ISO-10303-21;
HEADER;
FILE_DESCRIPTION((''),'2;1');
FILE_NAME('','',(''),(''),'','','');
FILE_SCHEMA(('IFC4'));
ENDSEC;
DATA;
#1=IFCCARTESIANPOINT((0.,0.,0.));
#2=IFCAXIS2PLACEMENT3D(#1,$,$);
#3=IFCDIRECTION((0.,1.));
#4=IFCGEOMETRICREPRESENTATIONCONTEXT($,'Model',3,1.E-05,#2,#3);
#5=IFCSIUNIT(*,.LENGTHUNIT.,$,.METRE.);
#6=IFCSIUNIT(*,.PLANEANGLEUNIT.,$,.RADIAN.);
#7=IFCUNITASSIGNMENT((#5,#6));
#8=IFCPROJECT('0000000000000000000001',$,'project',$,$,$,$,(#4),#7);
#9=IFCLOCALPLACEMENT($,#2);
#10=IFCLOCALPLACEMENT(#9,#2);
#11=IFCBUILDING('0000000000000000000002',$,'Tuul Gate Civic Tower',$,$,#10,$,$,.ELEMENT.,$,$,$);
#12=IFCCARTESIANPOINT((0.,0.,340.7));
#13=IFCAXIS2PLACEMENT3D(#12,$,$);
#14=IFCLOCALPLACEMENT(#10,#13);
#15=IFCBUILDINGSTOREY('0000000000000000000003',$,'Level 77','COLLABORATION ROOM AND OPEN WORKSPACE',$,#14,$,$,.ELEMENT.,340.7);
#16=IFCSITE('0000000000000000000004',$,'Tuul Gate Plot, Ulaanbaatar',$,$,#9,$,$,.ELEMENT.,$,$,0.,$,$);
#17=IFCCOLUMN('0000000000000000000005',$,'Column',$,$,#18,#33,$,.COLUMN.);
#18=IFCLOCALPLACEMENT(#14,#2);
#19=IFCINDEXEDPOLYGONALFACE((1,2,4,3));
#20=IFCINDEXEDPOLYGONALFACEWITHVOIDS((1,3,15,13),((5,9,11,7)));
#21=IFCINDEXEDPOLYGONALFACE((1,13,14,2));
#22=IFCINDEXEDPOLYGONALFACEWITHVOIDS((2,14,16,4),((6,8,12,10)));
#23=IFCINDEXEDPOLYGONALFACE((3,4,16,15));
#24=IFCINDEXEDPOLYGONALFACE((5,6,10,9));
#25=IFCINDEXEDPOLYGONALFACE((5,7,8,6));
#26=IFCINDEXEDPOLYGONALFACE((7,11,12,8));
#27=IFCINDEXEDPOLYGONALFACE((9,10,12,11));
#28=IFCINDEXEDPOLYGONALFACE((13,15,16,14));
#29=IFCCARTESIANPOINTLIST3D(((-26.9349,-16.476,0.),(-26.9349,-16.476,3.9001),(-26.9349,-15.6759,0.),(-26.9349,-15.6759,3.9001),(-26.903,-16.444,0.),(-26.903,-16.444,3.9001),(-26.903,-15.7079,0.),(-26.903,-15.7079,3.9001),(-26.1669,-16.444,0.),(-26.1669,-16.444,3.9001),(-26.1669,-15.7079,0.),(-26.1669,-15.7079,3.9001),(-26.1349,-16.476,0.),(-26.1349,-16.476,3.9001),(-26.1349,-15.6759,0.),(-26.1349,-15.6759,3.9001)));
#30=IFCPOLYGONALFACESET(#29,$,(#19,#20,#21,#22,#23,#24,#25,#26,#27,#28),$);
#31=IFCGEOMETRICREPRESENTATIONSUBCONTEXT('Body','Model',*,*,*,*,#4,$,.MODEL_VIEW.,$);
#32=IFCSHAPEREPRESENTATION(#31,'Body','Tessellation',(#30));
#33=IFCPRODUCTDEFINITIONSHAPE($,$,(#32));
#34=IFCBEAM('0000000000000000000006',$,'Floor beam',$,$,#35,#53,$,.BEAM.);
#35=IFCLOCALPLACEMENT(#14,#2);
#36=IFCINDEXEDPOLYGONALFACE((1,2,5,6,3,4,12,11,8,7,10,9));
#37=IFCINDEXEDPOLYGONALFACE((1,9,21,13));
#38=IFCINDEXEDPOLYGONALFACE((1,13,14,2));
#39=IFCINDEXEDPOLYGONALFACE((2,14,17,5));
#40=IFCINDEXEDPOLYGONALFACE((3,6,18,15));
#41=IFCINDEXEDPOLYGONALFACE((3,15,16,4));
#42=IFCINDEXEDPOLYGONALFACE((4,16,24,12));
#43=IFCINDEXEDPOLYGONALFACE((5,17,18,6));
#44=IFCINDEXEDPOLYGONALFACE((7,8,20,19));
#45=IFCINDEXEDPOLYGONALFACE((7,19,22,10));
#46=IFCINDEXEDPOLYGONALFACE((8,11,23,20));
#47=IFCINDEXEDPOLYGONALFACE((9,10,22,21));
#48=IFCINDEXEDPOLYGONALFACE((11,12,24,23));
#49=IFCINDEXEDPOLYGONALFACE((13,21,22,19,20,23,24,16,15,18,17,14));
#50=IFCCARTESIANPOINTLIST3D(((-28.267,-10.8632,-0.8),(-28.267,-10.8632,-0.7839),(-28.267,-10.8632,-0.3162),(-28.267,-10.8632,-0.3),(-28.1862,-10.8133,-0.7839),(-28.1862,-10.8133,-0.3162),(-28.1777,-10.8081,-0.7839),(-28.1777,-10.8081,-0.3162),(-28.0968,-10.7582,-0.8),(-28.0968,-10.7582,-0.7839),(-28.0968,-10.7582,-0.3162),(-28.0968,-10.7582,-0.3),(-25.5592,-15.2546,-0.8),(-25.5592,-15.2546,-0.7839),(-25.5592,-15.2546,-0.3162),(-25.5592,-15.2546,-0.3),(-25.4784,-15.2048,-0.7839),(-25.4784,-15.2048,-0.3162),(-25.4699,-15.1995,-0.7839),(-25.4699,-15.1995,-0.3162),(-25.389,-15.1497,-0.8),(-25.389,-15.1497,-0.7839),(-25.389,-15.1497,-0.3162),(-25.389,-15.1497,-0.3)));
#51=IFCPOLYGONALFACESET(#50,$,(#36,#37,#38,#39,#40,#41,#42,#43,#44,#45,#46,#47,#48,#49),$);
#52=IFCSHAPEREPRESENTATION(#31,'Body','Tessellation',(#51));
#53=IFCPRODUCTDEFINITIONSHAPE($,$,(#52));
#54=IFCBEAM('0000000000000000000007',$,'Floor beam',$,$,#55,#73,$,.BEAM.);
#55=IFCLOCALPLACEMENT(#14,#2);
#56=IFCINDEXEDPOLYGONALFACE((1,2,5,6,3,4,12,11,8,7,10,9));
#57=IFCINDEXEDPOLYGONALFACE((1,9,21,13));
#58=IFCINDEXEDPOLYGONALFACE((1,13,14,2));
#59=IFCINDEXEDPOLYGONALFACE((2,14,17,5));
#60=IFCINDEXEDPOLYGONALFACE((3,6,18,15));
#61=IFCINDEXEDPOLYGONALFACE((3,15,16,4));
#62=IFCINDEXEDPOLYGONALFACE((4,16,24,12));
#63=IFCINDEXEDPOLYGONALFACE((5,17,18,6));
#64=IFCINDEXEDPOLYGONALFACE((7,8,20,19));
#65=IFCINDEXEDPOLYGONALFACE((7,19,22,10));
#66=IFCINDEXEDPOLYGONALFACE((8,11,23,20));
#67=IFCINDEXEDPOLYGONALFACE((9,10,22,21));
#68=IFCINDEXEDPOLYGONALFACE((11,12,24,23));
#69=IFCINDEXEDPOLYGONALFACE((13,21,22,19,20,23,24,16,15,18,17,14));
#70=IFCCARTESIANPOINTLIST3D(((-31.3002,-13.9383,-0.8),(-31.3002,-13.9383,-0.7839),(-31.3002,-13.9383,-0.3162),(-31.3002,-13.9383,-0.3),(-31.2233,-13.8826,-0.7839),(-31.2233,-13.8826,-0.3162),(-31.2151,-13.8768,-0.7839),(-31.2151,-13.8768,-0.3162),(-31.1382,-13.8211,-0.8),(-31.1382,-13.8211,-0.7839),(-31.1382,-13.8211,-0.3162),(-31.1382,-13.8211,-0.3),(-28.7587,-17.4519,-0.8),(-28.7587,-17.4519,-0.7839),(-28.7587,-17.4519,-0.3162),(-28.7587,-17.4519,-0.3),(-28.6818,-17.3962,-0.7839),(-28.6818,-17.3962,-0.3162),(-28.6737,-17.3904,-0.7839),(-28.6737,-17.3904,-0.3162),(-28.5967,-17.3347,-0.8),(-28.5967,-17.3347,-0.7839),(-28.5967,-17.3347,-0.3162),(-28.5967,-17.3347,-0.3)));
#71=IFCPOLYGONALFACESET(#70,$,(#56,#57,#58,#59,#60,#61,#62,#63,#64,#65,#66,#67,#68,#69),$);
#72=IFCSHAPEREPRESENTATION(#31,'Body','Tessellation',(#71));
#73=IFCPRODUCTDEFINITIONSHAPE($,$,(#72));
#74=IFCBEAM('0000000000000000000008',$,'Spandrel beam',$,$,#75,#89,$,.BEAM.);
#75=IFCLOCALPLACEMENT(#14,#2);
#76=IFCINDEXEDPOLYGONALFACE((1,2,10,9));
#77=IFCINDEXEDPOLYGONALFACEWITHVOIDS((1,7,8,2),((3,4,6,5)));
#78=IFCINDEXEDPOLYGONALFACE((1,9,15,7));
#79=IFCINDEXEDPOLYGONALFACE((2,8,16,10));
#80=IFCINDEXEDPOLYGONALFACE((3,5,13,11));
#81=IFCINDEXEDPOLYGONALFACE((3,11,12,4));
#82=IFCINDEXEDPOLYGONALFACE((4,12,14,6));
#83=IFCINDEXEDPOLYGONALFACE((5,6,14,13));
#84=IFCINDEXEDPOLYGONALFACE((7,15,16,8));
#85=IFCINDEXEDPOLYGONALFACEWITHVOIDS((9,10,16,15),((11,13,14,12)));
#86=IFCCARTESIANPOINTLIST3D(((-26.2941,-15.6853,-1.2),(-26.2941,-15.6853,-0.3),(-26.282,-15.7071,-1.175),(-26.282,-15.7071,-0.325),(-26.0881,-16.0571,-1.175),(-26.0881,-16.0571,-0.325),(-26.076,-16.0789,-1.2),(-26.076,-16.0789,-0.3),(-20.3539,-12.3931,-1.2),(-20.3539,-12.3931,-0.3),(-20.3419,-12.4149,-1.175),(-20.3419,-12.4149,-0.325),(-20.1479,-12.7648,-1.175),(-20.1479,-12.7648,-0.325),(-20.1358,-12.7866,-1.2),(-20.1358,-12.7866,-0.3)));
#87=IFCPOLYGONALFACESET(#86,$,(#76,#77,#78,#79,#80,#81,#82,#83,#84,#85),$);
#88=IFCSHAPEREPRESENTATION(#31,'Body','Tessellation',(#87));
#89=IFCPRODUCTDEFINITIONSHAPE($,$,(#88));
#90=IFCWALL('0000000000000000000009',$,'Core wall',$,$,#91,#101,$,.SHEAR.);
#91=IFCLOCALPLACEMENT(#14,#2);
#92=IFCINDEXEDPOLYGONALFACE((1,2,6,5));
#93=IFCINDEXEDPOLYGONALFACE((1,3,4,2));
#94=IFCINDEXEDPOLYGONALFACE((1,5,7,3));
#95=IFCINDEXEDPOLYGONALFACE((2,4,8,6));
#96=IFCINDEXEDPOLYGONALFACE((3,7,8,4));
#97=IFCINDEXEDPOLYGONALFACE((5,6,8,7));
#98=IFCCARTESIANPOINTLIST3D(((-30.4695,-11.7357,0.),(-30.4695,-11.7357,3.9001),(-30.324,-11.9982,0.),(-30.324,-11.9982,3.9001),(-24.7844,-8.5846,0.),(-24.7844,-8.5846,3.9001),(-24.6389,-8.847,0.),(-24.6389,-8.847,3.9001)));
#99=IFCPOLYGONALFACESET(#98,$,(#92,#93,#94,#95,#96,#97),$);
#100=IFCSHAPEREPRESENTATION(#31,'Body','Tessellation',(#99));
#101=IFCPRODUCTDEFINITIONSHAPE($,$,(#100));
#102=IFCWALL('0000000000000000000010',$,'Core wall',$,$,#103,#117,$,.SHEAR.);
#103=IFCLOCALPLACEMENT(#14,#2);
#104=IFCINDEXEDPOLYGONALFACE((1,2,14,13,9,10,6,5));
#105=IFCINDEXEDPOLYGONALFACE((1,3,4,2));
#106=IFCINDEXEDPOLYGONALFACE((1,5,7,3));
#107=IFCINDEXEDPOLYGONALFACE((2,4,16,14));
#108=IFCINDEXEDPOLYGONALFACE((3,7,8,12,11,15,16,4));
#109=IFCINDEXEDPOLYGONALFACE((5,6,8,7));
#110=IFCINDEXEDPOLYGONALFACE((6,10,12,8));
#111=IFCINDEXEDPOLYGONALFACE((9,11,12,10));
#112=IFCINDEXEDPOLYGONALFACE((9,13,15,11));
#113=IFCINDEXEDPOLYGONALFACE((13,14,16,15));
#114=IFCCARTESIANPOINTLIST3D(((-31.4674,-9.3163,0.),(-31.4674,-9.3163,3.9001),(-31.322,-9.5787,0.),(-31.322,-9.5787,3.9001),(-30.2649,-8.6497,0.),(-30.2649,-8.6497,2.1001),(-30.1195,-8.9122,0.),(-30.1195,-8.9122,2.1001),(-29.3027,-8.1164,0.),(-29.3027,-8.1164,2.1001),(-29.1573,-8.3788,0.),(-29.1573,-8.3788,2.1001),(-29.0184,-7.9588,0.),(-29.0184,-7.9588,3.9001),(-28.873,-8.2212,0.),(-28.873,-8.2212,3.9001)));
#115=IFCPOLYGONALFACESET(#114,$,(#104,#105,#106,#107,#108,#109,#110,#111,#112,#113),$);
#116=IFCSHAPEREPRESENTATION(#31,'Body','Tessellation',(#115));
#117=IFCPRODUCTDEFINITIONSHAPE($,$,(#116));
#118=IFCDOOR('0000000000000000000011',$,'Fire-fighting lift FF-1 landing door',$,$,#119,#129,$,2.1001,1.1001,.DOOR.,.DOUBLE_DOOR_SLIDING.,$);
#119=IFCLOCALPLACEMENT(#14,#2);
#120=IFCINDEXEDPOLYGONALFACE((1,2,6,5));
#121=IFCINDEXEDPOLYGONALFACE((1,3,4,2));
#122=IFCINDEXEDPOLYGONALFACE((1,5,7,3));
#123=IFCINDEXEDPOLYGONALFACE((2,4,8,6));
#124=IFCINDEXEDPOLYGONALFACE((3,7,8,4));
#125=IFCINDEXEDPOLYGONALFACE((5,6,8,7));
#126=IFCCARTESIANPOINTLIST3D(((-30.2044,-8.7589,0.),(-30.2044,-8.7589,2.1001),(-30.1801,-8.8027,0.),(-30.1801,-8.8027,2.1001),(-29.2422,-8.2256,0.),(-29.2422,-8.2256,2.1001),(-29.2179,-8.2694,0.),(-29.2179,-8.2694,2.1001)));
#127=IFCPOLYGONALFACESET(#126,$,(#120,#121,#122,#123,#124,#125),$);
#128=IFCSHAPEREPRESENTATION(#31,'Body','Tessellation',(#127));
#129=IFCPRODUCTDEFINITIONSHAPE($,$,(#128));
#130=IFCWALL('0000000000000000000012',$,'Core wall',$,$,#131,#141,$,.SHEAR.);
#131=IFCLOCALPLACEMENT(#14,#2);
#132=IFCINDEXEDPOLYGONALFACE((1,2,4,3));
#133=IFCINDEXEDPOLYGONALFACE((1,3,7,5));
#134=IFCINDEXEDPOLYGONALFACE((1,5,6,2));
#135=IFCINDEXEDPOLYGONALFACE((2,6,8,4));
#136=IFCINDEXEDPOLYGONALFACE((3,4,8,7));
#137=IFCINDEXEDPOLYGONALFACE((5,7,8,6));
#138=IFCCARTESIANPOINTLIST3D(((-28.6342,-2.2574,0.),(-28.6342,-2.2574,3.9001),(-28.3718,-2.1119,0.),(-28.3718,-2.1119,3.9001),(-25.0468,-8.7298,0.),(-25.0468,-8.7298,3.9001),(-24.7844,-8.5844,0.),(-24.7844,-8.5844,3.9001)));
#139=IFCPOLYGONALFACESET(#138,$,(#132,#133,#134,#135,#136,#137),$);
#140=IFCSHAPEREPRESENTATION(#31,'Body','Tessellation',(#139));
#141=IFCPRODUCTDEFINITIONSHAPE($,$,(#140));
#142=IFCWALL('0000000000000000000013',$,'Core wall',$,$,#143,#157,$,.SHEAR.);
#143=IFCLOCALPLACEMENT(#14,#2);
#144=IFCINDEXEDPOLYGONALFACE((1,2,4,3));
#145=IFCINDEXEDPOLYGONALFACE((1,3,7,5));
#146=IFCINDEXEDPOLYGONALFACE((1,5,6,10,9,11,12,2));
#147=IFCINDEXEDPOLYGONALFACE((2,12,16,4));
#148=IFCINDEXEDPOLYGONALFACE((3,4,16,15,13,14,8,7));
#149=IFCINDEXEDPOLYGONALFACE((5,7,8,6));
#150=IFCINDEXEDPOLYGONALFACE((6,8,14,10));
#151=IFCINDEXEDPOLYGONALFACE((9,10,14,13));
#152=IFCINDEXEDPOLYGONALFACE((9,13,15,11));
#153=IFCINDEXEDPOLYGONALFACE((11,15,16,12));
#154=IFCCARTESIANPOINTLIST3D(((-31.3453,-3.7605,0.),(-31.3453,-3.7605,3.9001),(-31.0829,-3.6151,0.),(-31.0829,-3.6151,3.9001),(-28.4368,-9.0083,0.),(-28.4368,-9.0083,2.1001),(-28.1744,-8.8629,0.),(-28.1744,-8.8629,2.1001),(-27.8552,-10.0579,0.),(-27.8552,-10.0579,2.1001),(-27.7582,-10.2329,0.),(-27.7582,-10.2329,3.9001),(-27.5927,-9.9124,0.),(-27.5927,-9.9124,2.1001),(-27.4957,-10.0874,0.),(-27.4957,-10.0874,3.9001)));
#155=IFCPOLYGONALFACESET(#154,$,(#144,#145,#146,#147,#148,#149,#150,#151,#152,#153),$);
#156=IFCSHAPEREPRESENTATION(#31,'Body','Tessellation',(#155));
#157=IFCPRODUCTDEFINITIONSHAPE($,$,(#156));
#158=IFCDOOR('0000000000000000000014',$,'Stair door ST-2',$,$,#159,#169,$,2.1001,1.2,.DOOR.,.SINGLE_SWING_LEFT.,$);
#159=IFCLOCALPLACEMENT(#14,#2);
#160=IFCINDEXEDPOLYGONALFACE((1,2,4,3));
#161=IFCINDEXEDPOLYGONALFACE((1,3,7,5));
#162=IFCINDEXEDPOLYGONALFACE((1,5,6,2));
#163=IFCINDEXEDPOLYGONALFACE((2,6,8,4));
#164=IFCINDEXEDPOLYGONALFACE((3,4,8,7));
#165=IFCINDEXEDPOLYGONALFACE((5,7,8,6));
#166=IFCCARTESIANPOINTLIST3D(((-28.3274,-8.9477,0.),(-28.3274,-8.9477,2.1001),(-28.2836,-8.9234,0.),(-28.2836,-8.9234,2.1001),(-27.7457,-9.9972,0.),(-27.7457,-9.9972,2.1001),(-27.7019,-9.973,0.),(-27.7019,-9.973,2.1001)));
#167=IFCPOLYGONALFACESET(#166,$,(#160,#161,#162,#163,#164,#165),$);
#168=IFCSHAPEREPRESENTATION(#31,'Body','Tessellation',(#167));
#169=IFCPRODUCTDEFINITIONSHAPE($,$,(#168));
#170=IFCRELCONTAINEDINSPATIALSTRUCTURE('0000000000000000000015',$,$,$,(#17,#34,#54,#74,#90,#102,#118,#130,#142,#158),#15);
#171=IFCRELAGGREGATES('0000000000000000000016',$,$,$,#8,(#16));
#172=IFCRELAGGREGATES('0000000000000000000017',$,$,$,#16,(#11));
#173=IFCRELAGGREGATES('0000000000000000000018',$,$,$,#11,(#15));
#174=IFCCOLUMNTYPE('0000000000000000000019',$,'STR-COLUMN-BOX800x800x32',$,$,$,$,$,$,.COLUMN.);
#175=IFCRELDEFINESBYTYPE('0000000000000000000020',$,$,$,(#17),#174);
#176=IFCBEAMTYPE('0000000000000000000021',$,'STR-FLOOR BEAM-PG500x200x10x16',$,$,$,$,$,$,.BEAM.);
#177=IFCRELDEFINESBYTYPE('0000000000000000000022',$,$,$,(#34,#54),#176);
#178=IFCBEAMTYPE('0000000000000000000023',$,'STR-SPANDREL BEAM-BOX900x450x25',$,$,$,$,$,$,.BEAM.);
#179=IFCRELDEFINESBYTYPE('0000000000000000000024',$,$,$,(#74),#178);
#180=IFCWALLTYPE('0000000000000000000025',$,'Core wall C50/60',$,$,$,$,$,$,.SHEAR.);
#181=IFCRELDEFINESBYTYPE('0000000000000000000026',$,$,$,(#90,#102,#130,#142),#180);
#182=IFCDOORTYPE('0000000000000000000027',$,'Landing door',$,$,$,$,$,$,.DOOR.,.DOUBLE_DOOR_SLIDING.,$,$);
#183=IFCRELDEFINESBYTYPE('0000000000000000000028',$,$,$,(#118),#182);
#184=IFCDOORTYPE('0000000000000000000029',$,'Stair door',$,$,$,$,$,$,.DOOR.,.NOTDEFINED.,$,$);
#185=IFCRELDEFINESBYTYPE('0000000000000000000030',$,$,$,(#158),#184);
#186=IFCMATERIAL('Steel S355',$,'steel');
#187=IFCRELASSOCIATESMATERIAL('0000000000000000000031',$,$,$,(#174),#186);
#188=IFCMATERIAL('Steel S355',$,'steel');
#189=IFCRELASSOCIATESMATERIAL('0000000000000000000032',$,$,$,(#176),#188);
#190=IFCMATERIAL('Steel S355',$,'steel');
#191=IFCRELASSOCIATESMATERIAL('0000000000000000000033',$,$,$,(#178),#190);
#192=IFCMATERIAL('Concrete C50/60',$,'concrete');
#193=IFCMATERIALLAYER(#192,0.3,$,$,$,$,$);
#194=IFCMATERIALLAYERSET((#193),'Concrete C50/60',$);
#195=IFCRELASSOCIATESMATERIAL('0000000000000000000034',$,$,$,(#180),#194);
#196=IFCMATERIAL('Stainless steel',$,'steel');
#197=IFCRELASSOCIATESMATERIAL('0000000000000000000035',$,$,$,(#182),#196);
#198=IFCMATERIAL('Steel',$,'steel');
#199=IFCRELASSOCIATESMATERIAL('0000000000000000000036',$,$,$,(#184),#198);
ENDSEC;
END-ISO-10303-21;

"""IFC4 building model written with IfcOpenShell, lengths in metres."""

from ifc_helpers import new_model, si_unit, direction, frame, frame_2d, origin, origin_2d, place, context, subcontext, project, spatial, rectangle, hollow_rectangle, i_section, extrude, material, layer, layer_set, material_profile, profile_set, type_object, element, fill, save


model = new_model("IFC4")

# Units and contexts
model_context = context("Model", 3, precision=1e-05, world=origin(), true_north=direction((0.0, 1.0)))
body_context = subcontext(model_context, "Body", "Model", "MODEL_VIEW")
ifc_project = project(units=[si_unit("LENGTHUNIT", "METRE"), si_unit("PLANEANGLEUNIT", "RADIAN")], contexts=[model_context])

# Site, building, storey
site_placement = place(None, origin())
site = spatial("IfcSite", under=ifc_project, at=site_placement, Name="Tuul Gate Plot, Ulaanbaatar", CompositionType="ELEMENT", RefElevation=0.0)
building_placement = place(site_placement, origin())
building = spatial("IfcBuilding", under=site, at=building_placement, Name="Tuul Gate Civic Tower", CompositionType="ELEMENT")
storey_placement = place(building_placement, frame((0.0, 0.0, 340.7)))
storey = spatial("IfcBuildingStorey", under=building, at=storey_placement, Name="Level 77", Description="COLLABORATION ROOM AND OPEN WORKSPACE", CompositionType="ELEMENT", Elevation=340.7)

# Column
ifc_material_1 = material(Name="Steel S355", Category="steel")
ifc_material_profile_1 = material_profile(ifc_material_1, hollow_rectangle(XDim=0.8, YDim=0.8, WallThickness=0.032, at=origin_2d()), Name="BOX800x800x32")
ifc_profile_set_1 = profile_set([ifc_material_profile_1], Name="Steel S355")
column_type = type_object("IfcColumnType", Name="STR-COLUMN-BOX800x800x32", PredefinedType="COLUMN", material=ifc_profile_set_1)
column_placement = place(storey_placement, frame((-26.5349, -16.0759, 0.0), z_axis=(0.0, 0.0, 1.0), x_axis=(1.0, 0.0, 0.0)))
element("IfcColumn", 1, at=column_placement, inside=storey, type_object=column_type, Name="Column", PredefinedType="COLUMN", context=body_context, shape_type="SweptSolid", body=[
    extrude(hollow_rectangle(XDim=0.8, YDim=0.8, WallThickness=0.032, at=origin_2d()), origin(), (0.0, 0.0, 1.0), 3.9001),
])

# Beams
ifc_material_2 = material(Name="Steel S355", Category="steel")
ifc_material_profile_2 = material_profile(ifc_material_2, i_section(OverallWidth=0.2, OverallDepth=0.5, WebThickness=0.01, FlangeThickness=0.0161, at=origin_2d()), Name="PG500x200x10x16")
ifc_profile_set_2 = profile_set([ifc_material_profile_2], Name="Steel S355")
beam_type_1 = type_object("IfcBeamType", Name="STR-FLOOR BEAM-PG500x200x10x16", PredefinedType="BEAM", material=ifc_profile_set_2)
beam_1_placement = place(storey_placement, frame((-25.4741, -15.2021, -0.55), z_axis=(-0.524855, 0.851192, 0.0), x_axis=(-0.851192, -0.524855, 0.0)))
element("IfcBeam", 2, at=beam_1_placement, inside=storey, type_object=beam_type_1, Name="Floor beam", PredefinedType="BEAM", context=body_context, shape_type="SweptSolid", body=[
    extrude(i_section(OverallWidth=0.2, OverallDepth=0.5, WebThickness=0.01, FlangeThickness=0.0161, at=origin_2d()), origin(), (0.0, 0.0, 1.0), 5.1592),
])
beam_2_placement = place(storey_placement, frame((-28.6777, -17.3933, -0.55), z_axis=(-0.586074, 0.810257, 0.0), x_axis=(-0.810257, -0.586074, 0.0)))
element("IfcBeam", 3, at=beam_2_placement, inside=storey, type_object=beam_type_1, Name="Floor beam", PredefinedType="BEAM", context=body_context, shape_type="SweptSolid", body=[
    extrude(i_section(OverallWidth=0.2, OverallDepth=0.5, WebThickness=0.01, FlangeThickness=0.0161, at=origin_2d()), origin(), (0.0, 0.0, 1.0), 4.3364),
])
ifc_material_3 = material(Name="Steel S355", Category="steel")
ifc_material_profile_3 = material_profile(ifc_material_3, hollow_rectangle(XDim=0.45, YDim=0.8999, WallThickness=0.0249, at=origin_2d()), Name="BOX900x450x25")
ifc_profile_set_3 = profile_set([ifc_material_profile_3], Name="Steel S355")
beam_type_2 = type_object("IfcBeamType", Name="STR-SPANDREL BEAM-BOX900x450x25", PredefinedType="BEAM", material=ifc_profile_set_3)
beam_3_placement = place(storey_placement, frame((-26.1851, -15.8821, -0.75), z_axis=(0.874649, 0.484758, 0.0), x_axis=(-0.484758, 0.874649, 0.0)))
element("IfcBeam", 4, at=beam_3_placement, inside=storey, type_object=beam_type_2, Name="Spandrel beam", PredefinedType="BEAM", context=body_context, shape_type="SweptSolid", body=[
    extrude(hollow_rectangle(XDim=0.45, YDim=0.8999, WallThickness=0.0249, at=origin_2d()), origin(), (0.0, 0.0, 1.0), 6.7915),
])

# Wall
ifc_material_4 = material(Name="Concrete C50/60", Category="concrete")
ifc_layer_1 = layer(ifc_material_4, 0.3)
ifc_layer_set_1 = layer_set([ifc_layer_1], Name="Concrete C50/60")
wall_type_1 = type_object("IfcWallType", Name="Core wall C50/60", PredefinedType="SHEAR", material=ifc_layer_set_1)
wall_1_placement = place(storey_placement, frame((-24.7117, -8.7158, 0.0), z_axis=(0.0, 0.0, 1.0), x_axis=(-0.87463, -0.484791, 0.0)))
element("IfcWall", 5, at=wall_1_placement, inside=storey, type_object=wall_type_1, Name="Core wall", PredefinedType="SHEAR", context=body_context, shape_type="SweptSolid", body=[
    extrude(rectangle(XDim=6.5, YDim=0.3, at=frame_2d((3.25, 0.0))), origin(), (0.0, 0.0, 1.0), 3.9001),
])

# Wall, opening, door
wall_2_placement = place(storey_placement, frame((-28.9458, -8.0901, 0.0), z_axis=(0.0, 0.0, 1.0), x_axis=(-0.87463, -0.484791, 0.0)))
wall_2 = element("IfcWall", 6, at=wall_2_placement, inside=storey, type_object=wall_type_1, Name="Core wall", PredefinedType="SHEAR", context=body_context, shape_type="SweptSolid", body=[
    extrude(rectangle(XDim=2.8, YDim=0.3, at=frame_2d((1.3999, 0.0))), origin(), (0.0, 0.0, 1.0), 3.9001),
])
opening_1_placement = place(wall_2_placement, frame((0.325, 0.0, 0.0)))
opening_1 = element("IfcOpeningElement", 7, at=opening_1_placement, cuts=wall_2, PredefinedType="OPENING", context=body_context, shape_type="SweptSolid", body=[
    extrude(rectangle(XDim=1.1001, YDim=2.1001, at=frame_2d((0.55, 1.05))), frame((0.0, 0.1602, 0.0), z_axis=(0.0, -1.0, 0.0), x_axis=(1.0, 0.0, 0.0)), (0.0, 0.0, 1.0), 0.3201),
])
ifc_material_5 = material(Name="Stainless steel", Category="steel")
door_type_1 = type_object("IfcDoorType", Name="Landing door", OperationType="DOUBLE_DOOR_SLIDING", PredefinedType="DOOR", material=ifc_material_5)
door_1_placement = place(opening_1_placement, origin())
door_1 = element("IfcDoor", 8, at=door_1_placement, inside=storey, type_object=door_type_1, Name="Fire-fighting lift FF-1 landing door", OperationType="DOUBLE_DOOR_SLIDING", OverallHeight=2.1001, OverallWidth=1.1001, PredefinedType="DOOR", context=body_context, shape_type="SweptSolid", body=[
    extrude(rectangle(XDim=1.1001, YDim=2.1001, at=frame_2d((0.55, 1.05))), frame((0.0, 0.0249, 0.0), z_axis=(0.0, -1.0, 0.0), x_axis=(1.0, 0.0, 0.0)), (0.0, 0.0, 1.0), 0.05),
])
fill(opening_1, door_1)

# Wall
wall_3_placement = place(storey_placement, frame((-24.9155, -8.6572, 0.0), z_axis=(0.0, 0.0, 1.0), x_axis=(-0.484777, 0.874638, 0.0)))
element("IfcWall", 9, at=wall_3_placement, inside=storey, type_object=wall_type_1, Name="Core wall", PredefinedType="SHEAR", context=body_context, shape_type="SweptSolid", body=[
    extrude(rectangle(XDim=7.4001, YDim=0.3, at=frame_2d((3.7002, 0.0))), origin(), (0.0, 0.0, 1.0), 3.9001),
])

# Wall, opening, door
wall_4_placement = place(storey_placement, frame((-27.627, -10.1602, 0.0), z_axis=(0.0, 0.0, 1.0), x_axis=(-0.484752, 0.874652, 0.0)))
wall_4 = element("IfcWall", 10, at=wall_4_placement, inside=storey, type_object=wall_type_1, Name="Core wall", PredefinedType="SHEAR", context=body_context, shape_type="SweptSolid", body=[
    extrude(rectangle(XDim=7.3999, YDim=0.3, at=frame_2d((3.7, 0.0))), origin(), (0.0, 0.0, 1.0), 3.9001),
])
opening_2_placement = place(wall_4_placement, frame((0.2, 0.0, 0.0)))
opening_2 = element("IfcOpeningElement", 11, at=opening_2_placement, cuts=wall_4, PredefinedType="OPENING", context=body_context, shape_type="SweptSolid", body=[
    extrude(rectangle(XDim=1.2, YDim=2.1001, at=frame_2d((0.6001, 1.05))), frame((0.0, 0.1602, 0.0), z_axis=(0.0, -1.0, 0.0), x_axis=(1.0, 0.0, 0.0)), (0.0, 0.0, 1.0), 0.3201),
])
ifc_material_6 = material(Name="Steel", Category="steel")
door_type_2 = type_object("IfcDoorType", Name="Stair door", OperationType="NOTDEFINED", PredefinedType="DOOR", material=ifc_material_6)
door_2_placement = place(opening_2_placement, origin())
door_2 = element("IfcDoor", 12, at=door_2_placement, inside=storey, type_object=door_type_2, Name="Stair door ST-2", OperationType="SINGLE_SWING_LEFT", OverallHeight=2.1001, OverallWidth=1.2, PredefinedType="DOOR", context=body_context, shape_type="SweptSolid", body=[
    extrude(rectangle(XDim=1.2, YDim=2.1001, at=frame_2d((0.6001, 1.05))), frame((0.0, 0.0249, 0.0), z_axis=(0.0, -1.0, 0.0), x_axis=(1.0, 0.0, 0.0)), (0.0, 0.0, 1.0), 0.05),
])
fill(opening_2, door_2)

save(model, "model.ifc")
